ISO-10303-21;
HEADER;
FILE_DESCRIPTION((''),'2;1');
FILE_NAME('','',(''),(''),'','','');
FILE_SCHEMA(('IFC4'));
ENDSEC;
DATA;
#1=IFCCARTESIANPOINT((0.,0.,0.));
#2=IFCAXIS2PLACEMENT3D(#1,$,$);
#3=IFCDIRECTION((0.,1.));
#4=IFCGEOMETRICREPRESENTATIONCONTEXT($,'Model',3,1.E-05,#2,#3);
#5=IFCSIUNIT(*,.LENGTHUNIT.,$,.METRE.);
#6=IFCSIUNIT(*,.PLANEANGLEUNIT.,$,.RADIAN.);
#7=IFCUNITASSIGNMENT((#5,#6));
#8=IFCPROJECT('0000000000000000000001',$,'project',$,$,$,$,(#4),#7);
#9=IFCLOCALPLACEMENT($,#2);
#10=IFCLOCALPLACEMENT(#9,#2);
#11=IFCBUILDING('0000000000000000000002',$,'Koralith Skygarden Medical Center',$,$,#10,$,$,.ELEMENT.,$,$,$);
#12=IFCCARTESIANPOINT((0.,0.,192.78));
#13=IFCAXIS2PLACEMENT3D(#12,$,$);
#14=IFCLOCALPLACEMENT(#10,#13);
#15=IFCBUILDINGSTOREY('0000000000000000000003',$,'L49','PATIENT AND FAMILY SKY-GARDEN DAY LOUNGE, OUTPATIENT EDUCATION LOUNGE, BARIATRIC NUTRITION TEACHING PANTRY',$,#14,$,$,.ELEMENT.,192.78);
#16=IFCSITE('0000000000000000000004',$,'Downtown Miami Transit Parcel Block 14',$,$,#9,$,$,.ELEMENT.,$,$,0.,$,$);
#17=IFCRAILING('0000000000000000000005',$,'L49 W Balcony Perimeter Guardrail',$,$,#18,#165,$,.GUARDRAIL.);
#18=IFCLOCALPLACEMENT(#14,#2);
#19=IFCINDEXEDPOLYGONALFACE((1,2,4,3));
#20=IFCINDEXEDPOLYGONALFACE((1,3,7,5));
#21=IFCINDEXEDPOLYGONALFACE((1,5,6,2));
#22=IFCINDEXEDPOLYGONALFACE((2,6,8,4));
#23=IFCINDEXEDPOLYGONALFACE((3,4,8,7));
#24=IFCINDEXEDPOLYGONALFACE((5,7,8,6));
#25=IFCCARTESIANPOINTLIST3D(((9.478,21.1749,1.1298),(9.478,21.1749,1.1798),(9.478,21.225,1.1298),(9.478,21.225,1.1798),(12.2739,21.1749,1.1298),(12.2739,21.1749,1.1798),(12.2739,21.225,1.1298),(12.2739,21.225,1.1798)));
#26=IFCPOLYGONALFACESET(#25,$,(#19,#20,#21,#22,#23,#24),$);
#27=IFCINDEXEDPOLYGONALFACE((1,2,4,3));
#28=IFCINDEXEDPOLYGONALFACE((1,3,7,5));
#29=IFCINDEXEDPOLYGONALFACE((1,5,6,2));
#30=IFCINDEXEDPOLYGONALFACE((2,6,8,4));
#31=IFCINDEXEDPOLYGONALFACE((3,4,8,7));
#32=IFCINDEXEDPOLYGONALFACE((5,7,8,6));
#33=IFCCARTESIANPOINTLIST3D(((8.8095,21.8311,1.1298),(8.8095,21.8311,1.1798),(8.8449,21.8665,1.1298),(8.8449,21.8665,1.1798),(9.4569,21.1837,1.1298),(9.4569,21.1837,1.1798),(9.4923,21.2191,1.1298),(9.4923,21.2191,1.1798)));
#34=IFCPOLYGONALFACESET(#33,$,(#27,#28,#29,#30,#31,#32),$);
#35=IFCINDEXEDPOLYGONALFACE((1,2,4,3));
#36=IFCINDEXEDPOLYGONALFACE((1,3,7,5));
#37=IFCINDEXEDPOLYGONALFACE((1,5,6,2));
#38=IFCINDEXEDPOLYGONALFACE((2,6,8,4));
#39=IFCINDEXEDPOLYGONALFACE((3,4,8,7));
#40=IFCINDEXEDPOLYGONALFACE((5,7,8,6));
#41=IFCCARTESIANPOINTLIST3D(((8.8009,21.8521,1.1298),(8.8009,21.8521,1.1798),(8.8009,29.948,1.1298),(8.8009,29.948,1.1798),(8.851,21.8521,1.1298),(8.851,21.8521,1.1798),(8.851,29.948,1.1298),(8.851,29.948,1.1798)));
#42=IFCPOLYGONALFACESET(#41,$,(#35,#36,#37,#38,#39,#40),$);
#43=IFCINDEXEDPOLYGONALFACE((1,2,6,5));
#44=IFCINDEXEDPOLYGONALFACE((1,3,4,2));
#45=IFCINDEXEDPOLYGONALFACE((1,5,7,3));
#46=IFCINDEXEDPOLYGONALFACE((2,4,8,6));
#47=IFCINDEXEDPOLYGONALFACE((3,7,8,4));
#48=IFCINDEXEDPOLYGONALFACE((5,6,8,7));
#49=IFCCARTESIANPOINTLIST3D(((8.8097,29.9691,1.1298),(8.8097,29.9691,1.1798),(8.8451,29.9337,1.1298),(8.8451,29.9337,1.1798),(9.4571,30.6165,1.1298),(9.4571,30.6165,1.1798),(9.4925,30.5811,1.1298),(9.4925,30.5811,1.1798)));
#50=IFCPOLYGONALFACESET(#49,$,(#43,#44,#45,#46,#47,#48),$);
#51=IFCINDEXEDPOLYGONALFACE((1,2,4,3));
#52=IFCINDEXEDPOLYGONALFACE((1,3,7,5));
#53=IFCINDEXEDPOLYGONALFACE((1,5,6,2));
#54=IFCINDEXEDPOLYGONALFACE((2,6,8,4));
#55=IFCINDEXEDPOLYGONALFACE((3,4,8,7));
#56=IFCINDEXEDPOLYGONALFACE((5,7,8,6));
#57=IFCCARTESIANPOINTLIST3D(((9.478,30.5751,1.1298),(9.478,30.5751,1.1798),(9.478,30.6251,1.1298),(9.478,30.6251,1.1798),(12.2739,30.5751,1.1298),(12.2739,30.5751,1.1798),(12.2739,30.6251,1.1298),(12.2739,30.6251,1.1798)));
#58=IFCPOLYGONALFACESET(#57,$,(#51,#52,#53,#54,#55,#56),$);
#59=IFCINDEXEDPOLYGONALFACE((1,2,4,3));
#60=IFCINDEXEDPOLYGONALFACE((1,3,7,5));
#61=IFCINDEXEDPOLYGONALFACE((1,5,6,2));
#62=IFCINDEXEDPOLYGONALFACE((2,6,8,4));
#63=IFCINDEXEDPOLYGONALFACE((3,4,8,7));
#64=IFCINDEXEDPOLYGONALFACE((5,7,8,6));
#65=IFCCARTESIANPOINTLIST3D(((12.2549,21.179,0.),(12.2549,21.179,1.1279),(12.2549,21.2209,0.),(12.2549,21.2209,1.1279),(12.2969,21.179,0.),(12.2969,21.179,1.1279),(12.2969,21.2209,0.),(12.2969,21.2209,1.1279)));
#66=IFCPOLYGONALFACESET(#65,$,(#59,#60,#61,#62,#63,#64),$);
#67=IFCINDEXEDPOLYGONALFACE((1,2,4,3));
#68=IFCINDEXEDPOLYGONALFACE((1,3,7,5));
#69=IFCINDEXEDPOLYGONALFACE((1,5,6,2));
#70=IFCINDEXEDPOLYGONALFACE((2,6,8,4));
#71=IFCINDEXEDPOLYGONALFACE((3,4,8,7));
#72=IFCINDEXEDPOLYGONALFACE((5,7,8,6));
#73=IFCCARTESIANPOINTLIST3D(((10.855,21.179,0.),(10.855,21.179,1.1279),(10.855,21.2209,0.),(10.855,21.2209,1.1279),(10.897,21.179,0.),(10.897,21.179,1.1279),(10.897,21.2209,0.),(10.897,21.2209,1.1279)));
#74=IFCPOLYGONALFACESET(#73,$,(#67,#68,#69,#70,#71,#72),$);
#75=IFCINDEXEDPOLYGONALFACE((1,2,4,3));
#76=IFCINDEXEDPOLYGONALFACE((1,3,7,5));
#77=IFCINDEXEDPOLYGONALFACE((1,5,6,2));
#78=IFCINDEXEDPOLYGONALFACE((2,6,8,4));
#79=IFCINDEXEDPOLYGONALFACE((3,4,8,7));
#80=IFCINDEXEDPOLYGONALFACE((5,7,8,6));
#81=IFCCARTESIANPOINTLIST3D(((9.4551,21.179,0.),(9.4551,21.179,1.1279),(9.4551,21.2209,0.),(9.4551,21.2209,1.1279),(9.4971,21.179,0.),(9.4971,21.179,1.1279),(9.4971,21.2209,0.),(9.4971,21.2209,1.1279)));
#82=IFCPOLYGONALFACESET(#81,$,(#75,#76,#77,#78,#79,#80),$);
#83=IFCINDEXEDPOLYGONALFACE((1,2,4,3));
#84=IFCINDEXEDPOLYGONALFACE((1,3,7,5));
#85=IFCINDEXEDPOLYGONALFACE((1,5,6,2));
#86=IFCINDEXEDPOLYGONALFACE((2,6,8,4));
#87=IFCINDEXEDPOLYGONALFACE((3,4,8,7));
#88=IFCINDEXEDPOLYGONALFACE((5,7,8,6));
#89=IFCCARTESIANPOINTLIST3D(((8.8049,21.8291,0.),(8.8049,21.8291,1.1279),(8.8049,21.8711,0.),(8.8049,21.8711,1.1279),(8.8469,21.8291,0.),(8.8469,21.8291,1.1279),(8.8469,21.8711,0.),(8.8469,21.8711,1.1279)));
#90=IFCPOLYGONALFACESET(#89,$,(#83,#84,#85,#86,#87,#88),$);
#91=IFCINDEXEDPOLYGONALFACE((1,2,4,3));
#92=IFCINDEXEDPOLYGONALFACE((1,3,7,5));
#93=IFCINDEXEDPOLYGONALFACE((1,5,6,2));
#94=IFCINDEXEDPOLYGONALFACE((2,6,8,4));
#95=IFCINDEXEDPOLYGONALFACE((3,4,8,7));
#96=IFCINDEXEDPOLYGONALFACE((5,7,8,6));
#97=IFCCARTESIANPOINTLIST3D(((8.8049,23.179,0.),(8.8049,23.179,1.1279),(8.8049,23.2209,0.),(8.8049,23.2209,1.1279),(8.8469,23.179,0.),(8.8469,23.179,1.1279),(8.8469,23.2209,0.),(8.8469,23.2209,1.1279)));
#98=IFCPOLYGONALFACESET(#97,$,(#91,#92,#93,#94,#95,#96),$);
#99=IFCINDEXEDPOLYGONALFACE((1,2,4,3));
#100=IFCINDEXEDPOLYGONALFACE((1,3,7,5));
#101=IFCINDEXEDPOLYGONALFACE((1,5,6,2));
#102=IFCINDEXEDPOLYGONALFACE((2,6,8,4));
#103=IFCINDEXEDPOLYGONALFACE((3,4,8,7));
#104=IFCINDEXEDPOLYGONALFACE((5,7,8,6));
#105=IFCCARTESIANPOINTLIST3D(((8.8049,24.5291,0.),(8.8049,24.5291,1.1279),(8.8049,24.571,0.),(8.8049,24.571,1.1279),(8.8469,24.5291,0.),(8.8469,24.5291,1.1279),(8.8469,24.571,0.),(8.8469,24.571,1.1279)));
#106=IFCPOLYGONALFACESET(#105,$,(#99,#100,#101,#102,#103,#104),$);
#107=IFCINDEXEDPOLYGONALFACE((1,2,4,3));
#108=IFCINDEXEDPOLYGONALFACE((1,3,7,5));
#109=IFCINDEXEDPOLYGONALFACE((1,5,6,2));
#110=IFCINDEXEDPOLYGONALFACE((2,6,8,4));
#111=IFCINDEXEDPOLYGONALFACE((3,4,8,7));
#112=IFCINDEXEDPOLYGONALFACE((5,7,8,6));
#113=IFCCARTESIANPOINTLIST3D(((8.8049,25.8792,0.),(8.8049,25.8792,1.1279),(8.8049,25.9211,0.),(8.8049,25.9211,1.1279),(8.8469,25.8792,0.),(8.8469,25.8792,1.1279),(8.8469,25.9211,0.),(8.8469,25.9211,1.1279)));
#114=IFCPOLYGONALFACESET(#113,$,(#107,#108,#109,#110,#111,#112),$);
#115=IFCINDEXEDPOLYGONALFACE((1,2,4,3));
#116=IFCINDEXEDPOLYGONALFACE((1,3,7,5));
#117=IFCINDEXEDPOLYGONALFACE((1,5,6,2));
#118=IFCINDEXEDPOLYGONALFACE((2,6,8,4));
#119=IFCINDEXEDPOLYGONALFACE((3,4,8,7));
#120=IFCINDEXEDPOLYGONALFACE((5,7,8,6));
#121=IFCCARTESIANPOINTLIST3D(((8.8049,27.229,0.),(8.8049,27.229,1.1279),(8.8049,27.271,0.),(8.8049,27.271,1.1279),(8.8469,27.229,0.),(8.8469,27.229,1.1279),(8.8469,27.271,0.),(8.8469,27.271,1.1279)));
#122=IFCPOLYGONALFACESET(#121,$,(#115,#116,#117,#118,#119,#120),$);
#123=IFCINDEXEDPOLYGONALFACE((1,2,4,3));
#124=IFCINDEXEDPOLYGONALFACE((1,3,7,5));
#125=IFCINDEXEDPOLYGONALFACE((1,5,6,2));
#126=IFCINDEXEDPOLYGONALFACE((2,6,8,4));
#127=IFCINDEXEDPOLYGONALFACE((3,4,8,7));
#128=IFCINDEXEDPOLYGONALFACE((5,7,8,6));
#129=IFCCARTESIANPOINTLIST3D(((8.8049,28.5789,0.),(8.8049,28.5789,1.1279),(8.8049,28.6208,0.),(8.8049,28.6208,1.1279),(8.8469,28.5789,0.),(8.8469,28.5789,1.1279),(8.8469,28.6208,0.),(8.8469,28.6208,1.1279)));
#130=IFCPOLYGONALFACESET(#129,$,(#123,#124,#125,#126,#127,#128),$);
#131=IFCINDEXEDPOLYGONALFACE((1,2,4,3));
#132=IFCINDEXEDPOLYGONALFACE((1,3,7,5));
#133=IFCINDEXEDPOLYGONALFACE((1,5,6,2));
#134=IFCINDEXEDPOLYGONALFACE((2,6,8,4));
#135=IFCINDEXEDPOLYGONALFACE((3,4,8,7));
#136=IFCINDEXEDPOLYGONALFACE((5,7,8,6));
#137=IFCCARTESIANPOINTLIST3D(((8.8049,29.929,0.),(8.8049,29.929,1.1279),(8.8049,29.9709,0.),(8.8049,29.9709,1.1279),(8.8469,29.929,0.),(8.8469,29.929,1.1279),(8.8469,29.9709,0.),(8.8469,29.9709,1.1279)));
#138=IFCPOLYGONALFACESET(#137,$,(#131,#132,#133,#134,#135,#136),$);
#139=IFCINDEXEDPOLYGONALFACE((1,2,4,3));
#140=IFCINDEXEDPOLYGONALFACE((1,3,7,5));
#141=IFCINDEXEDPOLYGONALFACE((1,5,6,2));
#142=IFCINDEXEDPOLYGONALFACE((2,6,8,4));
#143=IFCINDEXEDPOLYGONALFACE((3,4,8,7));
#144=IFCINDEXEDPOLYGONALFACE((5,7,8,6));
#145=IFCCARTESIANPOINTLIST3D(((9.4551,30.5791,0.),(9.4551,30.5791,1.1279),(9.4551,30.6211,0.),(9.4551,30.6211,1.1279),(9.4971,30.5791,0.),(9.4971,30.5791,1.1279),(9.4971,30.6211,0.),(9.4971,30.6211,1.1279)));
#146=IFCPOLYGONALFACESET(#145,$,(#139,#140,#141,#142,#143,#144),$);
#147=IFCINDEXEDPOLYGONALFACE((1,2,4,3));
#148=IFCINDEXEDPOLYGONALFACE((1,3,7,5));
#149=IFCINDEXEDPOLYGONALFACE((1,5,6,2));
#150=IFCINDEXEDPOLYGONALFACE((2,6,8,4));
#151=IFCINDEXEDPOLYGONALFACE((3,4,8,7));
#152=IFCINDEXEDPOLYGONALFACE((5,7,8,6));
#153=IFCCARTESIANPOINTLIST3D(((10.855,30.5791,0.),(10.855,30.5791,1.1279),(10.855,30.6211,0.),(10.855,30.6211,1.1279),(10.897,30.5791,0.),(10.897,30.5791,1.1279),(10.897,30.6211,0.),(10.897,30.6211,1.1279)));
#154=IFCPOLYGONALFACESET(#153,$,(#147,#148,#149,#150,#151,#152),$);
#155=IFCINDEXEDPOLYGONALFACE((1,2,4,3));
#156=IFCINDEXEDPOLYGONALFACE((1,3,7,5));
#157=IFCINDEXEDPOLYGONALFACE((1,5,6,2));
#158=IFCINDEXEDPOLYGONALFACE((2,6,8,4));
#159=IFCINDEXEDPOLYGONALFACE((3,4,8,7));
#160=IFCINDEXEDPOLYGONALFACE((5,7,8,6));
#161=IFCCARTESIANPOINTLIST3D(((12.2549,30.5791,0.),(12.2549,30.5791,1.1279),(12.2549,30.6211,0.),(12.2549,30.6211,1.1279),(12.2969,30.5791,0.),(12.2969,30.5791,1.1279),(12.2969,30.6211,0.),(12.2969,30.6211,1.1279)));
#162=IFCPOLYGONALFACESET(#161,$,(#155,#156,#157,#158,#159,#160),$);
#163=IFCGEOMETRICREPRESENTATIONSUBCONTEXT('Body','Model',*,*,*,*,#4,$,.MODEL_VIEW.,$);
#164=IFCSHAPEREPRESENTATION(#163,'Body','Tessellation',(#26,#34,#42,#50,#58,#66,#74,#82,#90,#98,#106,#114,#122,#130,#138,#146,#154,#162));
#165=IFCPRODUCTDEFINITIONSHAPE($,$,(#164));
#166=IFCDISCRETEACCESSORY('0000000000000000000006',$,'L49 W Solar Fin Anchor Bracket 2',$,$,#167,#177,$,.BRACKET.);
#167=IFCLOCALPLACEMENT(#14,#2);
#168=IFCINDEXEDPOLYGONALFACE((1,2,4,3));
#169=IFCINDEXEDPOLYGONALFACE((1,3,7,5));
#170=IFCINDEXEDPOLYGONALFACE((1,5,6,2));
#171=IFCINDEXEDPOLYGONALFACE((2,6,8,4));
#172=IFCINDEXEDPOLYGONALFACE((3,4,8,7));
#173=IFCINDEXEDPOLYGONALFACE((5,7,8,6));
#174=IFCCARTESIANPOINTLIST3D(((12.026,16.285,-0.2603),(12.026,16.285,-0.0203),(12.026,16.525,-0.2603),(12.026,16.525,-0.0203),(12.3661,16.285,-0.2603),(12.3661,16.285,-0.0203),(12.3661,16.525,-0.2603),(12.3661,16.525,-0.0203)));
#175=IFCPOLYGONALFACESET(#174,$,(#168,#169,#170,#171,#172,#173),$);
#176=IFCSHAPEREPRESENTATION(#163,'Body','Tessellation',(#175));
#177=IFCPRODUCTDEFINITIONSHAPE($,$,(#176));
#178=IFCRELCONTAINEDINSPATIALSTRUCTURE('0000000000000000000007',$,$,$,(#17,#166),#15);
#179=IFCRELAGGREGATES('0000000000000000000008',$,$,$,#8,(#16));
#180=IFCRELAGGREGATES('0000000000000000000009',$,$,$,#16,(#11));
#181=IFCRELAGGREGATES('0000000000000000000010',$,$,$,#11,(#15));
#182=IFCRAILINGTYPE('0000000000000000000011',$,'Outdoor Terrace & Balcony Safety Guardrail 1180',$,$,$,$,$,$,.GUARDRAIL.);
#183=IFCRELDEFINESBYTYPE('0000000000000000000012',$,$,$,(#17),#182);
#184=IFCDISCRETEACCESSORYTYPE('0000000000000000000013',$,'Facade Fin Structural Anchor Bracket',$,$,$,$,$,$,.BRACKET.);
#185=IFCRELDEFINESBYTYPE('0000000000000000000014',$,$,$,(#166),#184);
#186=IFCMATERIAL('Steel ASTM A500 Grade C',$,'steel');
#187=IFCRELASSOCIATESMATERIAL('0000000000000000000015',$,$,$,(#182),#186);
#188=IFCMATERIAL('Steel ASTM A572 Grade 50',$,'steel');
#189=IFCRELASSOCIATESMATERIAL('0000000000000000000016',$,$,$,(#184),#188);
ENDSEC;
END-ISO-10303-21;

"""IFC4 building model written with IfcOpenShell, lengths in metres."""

from ifc_helpers import new_model, si_unit, direction, frame, origin, origin_2d, place, context, subcontext, project, spatial, rectangle, extrude, material, type_object, element, save


model = new_model("IFC4")

# Units and contexts
model_context = context("Model", 3, precision=1e-05, world=origin(), true_north=direction((0.0, 1.0)))
body_context = subcontext(model_context, "Body", "Model", "MODEL_VIEW")
ifc_project = project(units=[si_unit("LENGTHUNIT", "METRE"), si_unit("PLANEANGLEUNIT", "RADIAN")], contexts=[model_context])

# Site, building, storey
site_placement = place(None, origin())
site = spatial("IfcSite", under=ifc_project, at=site_placement, Name="Downtown Miami Transit Parcel Block 14", CompositionType="ELEMENT", RefElevation=0.0)
building_placement = place(site_placement, origin())
building = spatial("IfcBuilding", under=site, at=building_placement, Name="Koralith Skygarden Medical Center", CompositionType="ELEMENT")
storey_placement = place(building_placement, frame((0.0, 0.0, 192.78)))
storey = spatial("IfcBuildingStorey", under=building, at=storey_placement, Name="L49", Description="PATIENT AND FAMILY SKY-GARDEN DAY LOUNGE, OUTPATIENT EDUCATION LOUNGE, BARIATRIC NUTRITION TEACHING PANTRY", CompositionType="ELEMENT", Elevation=192.78)

# Railing
ifc_material_1 = material(Name="Steel ASTM A500 Grade C", Category="steel")
railing_type = type_object("IfcRailingType", Name="Outdoor Terrace & Balcony Safety Guardrail 1180", PredefinedType="GUARDRAIL", material=ifc_material_1)
railing_placement = place(storey_placement, frame((12.2759, 21.2, 0.0)))
element("IfcRailing", 1, at=railing_placement, inside=storey, type_object=railing_type, Name="L49 W Balcony Perimeter Guardrail", PredefinedType="GUARDRAIL", context=body_context, shape_type="SweptSolid", body=[
    extrude(rectangle(XDim=0.05, YDim=0.05, at=origin_2d()), frame((-0.002, 0.0, 1.1548), z_axis=(-1.0, 0.0, 0.0), x_axis=(0.0, -1.0, 0.0)), (0.0, 0.0, 1.0), 2.7959),
    extrude(rectangle(XDim=0.05, YDim=0.05, at=origin_2d()), frame((-2.8013, 0.0015, 1.1548), z_axis=(-0.707107, 0.707107, 0.0), x_axis=(-0.707107, -0.707107, 0.0)), (0.0, 0.0, 1.0), 0.9155),
    extrude(rectangle(XDim=0.05, YDim=0.05, at=origin_2d()), frame((-3.45, 0.6521, 1.1548), z_axis=(0.0, 1.0, 0.0), x_axis=(-1.0, 0.0, 0.0)), (0.0, 0.0, 1.0), 8.0959),
    extrude(rectangle(XDim=0.05, YDim=0.05, at=origin_2d()), frame((-3.4485, 8.7515, 1.1548), z_axis=(0.707107, 0.707107, 0.0), x_axis=(-0.707107, 0.707107, 0.0)), (0.0, 0.0, 1.0), 0.9155),
    extrude(rectangle(XDim=0.05, YDim=0.05, at=origin_2d()), frame((-2.7979, 9.4001, 1.1548), z_axis=(1.0, 0.0, 0.0), x_axis=(0.0, 1.0, 0.0)), (0.0, 0.0, 1.0), 2.7959),
    extrude(rectangle(XDim=0.042, YDim=0.042, at=origin_2d()), origin(), (0.0, 0.0, 1.0), 1.1279),
    extrude(rectangle(XDim=0.042, YDim=0.042, at=origin_2d()), frame((-1.3999, 0.0, 0.0)), (0.0, 0.0, 1.0), 1.1279),
    extrude(rectangle(XDim=0.042, YDim=0.042, at=origin_2d()), frame((-2.7998, 0.0, 0.0)), (0.0, 0.0, 1.0), 1.1279),
    extrude(rectangle(XDim=0.042, YDim=0.042, at=origin_2d()), frame((-3.45, 0.6501, 0.0)), (0.0, 0.0, 1.0), 1.1279),
    extrude(rectangle(XDim=0.042, YDim=0.042, at=origin_2d()), frame((-3.45, 2.0, 0.0)), (0.0, 0.0, 1.0), 1.1279),
    extrude(rectangle(XDim=0.042, YDim=0.042, at=origin_2d()), frame((-3.45, 3.3501, 0.0)), (0.0, 0.0, 1.0), 1.1279),
    extrude(rectangle(XDim=0.042, YDim=0.042, at=origin_2d()), frame((-3.45, 4.7002, 0.0)), (0.0, 0.0, 1.0), 1.1279),
    extrude(rectangle(XDim=0.042, YDim=0.042, at=origin_2d()), frame((-3.45, 6.05, 0.0)), (0.0, 0.0, 1.0), 1.1279),
    extrude(rectangle(XDim=0.042, YDim=0.042, at=origin_2d()), frame((-3.45, 7.3999, 0.0)), (0.0, 0.0, 1.0), 1.1279),
    extrude(rectangle(XDim=0.042, YDim=0.042, at=origin_2d()), frame((-3.45, 8.75, 0.0)), (0.0, 0.0, 1.0), 1.1279),
    extrude(rectangle(XDim=0.042, YDim=0.042, at=origin_2d()), frame((-2.7998, 9.4001, 0.0)), (0.0, 0.0, 1.0), 1.1279),
    extrude(rectangle(XDim=0.042, YDim=0.042, at=origin_2d()), frame((-1.3999, 9.4001, 0.0)), (0.0, 0.0, 1.0), 1.1279),
    extrude(rectangle(XDim=0.042, YDim=0.042, at=origin_2d()), frame((0.0, 9.4001, 0.0)), (0.0, 0.0, 1.0), 1.1279),
])

# Discrete accessory
ifc_material_2 = material(Name="Steel ASTM A572 Grade 50", Category="steel")
discrete_accessory_type = type_object("IfcDiscreteAccessoryType", Name="Facade Fin Structural Anchor Bracket", PredefinedType="BRACKET", material=ifc_material_2)
discrete_accessory_placement = place(storey_placement, frame((12.196, 16.405, -0.2603), z_axis=(0.0, 0.0, 1.0), x_axis=(-1.0, 0.0, 0.0)))
element("IfcDiscreteAccessory", 2, at=discrete_accessory_placement, inside=storey, type_object=discrete_accessory_type, Name="L49 W Solar Fin Anchor Bracket 2", PredefinedType="BRACKET", context=body_context, shape_type="SweptSolid", body=[
    extrude(rectangle(XDim=0.3401, YDim=0.24, at=origin_2d()), origin(), (0.0, 0.0, 1.0), 0.24),
])

save(model, "model.ifc")
